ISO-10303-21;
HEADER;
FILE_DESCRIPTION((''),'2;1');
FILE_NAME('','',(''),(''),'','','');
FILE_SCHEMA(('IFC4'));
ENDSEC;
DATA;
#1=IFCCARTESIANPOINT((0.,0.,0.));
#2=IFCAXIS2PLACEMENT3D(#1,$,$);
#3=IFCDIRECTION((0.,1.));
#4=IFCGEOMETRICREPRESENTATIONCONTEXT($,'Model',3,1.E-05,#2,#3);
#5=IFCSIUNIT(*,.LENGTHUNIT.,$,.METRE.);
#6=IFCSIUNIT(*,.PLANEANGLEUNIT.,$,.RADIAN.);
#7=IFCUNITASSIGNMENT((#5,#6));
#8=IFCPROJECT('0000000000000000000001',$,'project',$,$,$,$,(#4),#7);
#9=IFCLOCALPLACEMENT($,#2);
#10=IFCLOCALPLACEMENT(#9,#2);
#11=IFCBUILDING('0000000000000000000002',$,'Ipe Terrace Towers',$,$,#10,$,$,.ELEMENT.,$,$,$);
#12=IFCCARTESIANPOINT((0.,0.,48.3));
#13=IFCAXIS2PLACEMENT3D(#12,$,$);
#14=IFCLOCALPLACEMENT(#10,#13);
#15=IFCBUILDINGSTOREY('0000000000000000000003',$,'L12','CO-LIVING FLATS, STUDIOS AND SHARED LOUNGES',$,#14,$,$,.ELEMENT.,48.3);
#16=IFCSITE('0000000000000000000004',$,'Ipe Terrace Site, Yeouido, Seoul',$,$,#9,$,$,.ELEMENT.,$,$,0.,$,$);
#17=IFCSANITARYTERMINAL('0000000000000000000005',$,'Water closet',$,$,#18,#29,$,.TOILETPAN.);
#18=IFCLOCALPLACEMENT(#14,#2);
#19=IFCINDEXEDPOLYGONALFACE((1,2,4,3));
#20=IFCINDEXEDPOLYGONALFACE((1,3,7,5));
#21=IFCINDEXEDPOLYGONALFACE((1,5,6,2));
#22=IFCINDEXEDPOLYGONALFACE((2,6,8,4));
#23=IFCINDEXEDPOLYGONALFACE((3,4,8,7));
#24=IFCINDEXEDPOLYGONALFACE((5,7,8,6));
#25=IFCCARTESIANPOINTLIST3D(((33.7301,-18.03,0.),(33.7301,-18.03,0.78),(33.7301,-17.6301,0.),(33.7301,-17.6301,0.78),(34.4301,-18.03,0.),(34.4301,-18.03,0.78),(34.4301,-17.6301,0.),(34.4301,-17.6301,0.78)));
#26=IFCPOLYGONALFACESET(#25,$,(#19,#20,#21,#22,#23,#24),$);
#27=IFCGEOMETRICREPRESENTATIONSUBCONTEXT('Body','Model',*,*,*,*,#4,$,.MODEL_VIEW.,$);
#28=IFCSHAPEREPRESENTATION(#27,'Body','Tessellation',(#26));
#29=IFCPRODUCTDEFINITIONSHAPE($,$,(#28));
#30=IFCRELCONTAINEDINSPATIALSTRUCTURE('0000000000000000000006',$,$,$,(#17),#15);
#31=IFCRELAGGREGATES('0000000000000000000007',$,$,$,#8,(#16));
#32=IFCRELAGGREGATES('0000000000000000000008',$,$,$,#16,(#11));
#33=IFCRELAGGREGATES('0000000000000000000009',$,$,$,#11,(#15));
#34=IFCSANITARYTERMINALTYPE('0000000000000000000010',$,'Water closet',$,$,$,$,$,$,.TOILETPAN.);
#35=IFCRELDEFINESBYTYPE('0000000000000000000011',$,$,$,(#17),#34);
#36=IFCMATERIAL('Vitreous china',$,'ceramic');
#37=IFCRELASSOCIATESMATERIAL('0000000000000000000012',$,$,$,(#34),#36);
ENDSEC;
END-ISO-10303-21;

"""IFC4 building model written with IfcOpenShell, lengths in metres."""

from ifc_helpers import new_model, si_unit, direction, frame, origin, origin_2d, place, context, subcontext, project, spatial, rectangle, extrude, material, type_object, element, save


model = new_model("IFC4")

# Units and contexts
model_context = context("Model", 3, precision=1e-05, world=origin(), true_north=direction((0.0, 1.0)))
body_context = subcontext(model_context, "Body", "Model", "MODEL_VIEW")
ifc_project = project(units=[si_unit("LENGTHUNIT", "METRE"), si_unit("PLANEANGLEUNIT", "RADIAN")], contexts=[model_context])

# Site, building, storey
site_placement = place(None, origin())
site = spatial("IfcSite", under=ifc_project, at=site_placement, Name="Ipe Terrace Site, Yeouido, Seoul", CompositionType="ELEMENT", RefElevation=0.0)
building_placement = place(site_placement, origin())
building = spatial("IfcBuilding", under=site, at=building_placement, Name="Ipe Terrace Towers", CompositionType="ELEMENT")
storey_placement = place(building_placement, frame((0.0, 0.0, 48.3)))
storey = spatial("IfcBuildingStorey", under=building, at=storey_placement, Name="L12", Description="CO-LIVING FLATS, STUDIOS AND SHARED LOUNGES", CompositionType="ELEMENT", Elevation=48.3)

# Sanitary terminal
ifc_material_1 = material(Name="Vitreous china", Category="ceramic")
sanitary_terminal_type_1 = type_object("IfcSanitaryTerminalType", Name="Water closet", PredefinedType="TOILETPAN", material=ifc_material_1)
sanitary_terminal_1_placement = place(storey_placement, frame((34.0801, -17.8301, 0.0), z_axis=(0.0, 0.0, 1.0), x_axis=(-1.0, 0.0, 0.0)))
element("IfcSanitaryTerminal", 1, at=sanitary_terminal_1_placement, inside=storey, type_object=sanitary_terminal_type_1, Name="Water closet", PredefinedType="TOILETPAN", context=body_context, shape_type="SweptSolid", body=[
    extrude(rectangle(XDim=0.7, YDim=0.3999, at=origin_2d()), origin(), (0.0, 0.0, 1.0), 0.78),
])

save(model, "model.ifc")
